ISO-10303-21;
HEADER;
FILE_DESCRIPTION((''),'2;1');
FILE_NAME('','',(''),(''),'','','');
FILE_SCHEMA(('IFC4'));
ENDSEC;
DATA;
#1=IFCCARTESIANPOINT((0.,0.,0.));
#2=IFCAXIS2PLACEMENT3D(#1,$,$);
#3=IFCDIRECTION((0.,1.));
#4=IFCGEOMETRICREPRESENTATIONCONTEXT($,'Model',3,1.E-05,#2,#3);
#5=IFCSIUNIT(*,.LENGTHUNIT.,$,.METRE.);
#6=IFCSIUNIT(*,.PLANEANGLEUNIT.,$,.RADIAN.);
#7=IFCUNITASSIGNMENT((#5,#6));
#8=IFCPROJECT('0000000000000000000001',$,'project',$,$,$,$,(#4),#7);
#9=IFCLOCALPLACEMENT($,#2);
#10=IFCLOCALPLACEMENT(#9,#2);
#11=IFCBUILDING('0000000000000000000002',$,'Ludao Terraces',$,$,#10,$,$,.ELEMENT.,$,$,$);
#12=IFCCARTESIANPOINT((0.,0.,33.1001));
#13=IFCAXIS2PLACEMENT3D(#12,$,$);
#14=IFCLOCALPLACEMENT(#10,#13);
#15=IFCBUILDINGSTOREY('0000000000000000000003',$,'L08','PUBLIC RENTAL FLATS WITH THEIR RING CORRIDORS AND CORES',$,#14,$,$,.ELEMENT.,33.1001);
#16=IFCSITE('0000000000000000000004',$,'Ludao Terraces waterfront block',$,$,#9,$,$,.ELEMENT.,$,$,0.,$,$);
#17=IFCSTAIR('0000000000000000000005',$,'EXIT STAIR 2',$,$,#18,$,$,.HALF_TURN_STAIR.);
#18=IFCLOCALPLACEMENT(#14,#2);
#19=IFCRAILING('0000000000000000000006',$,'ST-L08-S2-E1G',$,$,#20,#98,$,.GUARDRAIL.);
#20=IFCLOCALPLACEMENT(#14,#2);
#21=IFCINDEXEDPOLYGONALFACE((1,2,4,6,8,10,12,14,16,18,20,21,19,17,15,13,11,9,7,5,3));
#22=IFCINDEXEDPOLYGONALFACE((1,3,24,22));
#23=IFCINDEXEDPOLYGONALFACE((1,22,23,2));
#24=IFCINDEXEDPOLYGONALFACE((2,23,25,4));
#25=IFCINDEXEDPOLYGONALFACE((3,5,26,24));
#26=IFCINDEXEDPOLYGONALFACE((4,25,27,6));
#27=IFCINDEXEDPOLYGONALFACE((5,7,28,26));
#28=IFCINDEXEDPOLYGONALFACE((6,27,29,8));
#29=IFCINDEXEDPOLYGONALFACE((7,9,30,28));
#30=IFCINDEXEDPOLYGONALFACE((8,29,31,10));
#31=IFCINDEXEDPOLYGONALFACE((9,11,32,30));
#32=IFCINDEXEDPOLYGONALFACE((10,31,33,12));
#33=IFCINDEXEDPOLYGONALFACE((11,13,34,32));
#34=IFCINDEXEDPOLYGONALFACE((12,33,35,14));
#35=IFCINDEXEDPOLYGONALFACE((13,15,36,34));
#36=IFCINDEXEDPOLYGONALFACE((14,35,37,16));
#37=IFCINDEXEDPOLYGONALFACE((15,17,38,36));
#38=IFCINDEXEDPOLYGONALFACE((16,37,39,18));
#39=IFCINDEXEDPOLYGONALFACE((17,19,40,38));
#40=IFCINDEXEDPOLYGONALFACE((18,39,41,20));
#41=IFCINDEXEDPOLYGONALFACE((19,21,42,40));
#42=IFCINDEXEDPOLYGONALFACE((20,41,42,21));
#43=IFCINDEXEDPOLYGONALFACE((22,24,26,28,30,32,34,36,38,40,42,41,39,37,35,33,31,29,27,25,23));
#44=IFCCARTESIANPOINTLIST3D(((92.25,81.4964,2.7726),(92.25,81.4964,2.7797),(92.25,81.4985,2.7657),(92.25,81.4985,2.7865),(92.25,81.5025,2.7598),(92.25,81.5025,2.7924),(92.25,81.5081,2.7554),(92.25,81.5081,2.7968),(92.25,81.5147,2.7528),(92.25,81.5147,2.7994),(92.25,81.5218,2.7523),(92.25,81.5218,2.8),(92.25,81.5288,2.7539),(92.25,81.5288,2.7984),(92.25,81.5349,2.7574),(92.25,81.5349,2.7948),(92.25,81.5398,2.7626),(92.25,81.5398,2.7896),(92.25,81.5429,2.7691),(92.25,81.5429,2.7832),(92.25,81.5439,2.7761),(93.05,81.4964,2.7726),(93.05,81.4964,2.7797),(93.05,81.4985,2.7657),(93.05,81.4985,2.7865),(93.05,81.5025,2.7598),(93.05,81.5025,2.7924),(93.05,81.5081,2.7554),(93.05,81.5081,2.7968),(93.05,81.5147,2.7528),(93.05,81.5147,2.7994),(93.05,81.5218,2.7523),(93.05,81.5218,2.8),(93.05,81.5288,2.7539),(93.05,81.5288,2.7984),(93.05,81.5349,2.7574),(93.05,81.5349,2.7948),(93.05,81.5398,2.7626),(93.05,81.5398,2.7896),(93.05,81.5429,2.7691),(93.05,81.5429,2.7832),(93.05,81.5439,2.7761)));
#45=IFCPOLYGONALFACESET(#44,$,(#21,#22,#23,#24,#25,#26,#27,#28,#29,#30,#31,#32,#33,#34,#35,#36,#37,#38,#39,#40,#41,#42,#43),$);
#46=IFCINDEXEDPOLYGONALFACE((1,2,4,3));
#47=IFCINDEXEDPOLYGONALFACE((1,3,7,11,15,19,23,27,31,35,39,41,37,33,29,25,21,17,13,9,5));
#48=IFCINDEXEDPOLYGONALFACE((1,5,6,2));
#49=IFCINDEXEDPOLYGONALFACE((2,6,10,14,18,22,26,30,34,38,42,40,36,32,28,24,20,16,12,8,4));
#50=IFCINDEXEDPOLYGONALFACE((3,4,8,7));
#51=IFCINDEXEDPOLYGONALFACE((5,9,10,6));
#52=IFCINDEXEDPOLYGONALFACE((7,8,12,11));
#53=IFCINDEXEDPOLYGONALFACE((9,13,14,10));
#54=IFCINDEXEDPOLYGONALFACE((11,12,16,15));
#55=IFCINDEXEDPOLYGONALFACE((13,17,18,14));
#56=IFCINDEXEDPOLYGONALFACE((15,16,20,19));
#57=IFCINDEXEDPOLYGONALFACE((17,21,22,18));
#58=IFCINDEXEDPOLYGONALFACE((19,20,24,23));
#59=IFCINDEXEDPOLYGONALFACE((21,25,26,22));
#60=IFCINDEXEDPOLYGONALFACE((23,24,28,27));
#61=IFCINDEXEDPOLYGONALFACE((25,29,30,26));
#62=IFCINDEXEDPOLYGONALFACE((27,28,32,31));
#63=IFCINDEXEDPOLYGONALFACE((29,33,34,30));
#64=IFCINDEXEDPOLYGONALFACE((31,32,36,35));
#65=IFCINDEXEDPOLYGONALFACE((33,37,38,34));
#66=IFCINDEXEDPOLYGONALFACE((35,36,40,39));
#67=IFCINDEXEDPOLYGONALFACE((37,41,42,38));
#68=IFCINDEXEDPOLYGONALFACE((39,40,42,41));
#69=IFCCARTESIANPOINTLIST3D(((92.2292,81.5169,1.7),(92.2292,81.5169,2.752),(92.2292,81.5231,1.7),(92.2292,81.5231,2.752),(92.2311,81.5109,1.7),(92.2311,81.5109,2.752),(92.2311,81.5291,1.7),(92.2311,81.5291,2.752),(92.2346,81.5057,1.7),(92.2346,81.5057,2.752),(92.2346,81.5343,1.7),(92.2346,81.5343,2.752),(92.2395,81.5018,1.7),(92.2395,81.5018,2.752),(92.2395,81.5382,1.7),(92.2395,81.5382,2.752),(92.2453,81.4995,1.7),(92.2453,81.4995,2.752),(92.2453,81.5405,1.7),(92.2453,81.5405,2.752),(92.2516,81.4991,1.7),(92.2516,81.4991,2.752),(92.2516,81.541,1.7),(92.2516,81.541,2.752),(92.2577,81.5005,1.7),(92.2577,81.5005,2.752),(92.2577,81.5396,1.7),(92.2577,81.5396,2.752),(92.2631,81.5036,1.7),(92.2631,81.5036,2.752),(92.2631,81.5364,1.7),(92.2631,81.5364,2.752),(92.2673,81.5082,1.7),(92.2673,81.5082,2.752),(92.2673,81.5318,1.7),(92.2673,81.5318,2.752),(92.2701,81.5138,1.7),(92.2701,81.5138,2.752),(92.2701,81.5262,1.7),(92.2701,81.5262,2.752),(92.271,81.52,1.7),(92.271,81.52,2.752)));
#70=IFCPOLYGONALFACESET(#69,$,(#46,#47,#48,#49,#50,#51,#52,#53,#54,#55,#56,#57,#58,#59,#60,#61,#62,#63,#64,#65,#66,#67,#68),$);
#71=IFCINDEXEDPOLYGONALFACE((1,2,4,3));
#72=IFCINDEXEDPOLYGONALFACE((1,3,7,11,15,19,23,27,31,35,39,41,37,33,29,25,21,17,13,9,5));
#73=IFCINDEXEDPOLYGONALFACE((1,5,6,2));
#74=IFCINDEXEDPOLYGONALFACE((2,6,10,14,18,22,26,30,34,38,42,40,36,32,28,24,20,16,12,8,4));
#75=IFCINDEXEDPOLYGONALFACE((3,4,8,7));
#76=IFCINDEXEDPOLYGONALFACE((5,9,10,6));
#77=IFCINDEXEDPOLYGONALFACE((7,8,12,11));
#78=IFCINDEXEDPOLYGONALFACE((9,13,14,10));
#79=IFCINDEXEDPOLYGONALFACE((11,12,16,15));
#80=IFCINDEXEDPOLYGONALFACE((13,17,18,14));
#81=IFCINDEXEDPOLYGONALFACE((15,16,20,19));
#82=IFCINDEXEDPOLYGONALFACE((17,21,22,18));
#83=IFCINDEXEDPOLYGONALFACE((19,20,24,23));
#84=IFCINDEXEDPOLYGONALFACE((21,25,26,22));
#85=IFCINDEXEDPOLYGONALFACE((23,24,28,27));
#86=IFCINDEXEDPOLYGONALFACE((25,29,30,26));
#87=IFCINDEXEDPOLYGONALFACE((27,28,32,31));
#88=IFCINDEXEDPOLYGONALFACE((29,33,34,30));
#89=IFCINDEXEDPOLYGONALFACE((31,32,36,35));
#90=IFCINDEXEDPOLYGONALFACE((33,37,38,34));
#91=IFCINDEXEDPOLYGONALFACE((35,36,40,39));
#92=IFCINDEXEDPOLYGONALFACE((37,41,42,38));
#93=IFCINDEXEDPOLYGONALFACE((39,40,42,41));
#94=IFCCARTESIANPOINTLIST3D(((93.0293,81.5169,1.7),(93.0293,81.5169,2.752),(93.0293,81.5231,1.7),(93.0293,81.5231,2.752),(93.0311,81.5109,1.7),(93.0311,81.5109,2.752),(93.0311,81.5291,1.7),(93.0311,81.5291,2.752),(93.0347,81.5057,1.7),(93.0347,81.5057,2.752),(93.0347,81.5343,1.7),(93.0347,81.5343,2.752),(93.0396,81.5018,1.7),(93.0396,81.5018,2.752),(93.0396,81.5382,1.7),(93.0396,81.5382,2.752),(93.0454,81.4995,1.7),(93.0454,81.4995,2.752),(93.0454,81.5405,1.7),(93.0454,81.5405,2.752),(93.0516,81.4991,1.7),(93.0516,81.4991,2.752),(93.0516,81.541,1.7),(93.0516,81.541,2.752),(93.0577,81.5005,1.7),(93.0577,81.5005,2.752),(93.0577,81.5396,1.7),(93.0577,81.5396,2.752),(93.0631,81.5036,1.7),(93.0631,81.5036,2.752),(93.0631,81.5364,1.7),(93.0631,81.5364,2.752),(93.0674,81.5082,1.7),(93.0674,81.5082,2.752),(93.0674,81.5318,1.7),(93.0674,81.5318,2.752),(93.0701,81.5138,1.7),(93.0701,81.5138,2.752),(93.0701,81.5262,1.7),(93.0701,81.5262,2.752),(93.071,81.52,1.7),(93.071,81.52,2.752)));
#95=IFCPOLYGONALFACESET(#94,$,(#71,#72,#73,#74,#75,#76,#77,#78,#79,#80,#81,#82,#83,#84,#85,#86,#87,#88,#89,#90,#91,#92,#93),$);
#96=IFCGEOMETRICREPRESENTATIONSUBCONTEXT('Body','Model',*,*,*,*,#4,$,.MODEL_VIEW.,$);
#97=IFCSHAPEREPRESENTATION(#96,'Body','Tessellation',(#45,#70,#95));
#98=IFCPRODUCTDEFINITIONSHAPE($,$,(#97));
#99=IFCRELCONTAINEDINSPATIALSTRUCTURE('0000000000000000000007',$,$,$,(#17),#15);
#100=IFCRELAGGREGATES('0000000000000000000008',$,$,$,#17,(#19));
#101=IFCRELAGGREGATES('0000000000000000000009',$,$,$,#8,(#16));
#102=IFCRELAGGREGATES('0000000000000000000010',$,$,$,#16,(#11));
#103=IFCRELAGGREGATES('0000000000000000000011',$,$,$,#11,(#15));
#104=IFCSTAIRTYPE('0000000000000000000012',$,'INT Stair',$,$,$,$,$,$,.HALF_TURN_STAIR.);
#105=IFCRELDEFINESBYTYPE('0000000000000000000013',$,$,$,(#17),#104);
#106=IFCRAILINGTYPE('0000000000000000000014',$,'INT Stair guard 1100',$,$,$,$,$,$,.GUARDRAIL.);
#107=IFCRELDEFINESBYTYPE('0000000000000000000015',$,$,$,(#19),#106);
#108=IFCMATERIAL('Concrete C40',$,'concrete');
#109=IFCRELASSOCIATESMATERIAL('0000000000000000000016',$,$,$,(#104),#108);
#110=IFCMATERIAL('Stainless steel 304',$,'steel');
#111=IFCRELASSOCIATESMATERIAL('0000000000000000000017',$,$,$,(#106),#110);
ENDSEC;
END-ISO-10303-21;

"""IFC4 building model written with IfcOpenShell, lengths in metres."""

from ifc_helpers import new_model, si_unit, direction, frame, origin, origin_2d, place, context, subcontext, project, spatial, circle, extrude, material, type_object, element, aggregate, save


model = new_model("IFC4")

# Units and contexts
model_context = context("Model", 3, precision=1e-05, world=origin(), true_north=direction((0.0, 1.0)))
body_context = subcontext(model_context, "Body", "Model", "MODEL_VIEW")
ifc_project = project(units=[si_unit("LENGTHUNIT", "METRE"), si_unit("PLANEANGLEUNIT", "RADIAN")], contexts=[model_context])

# Site, building, storey
site_placement = place(None, origin())
site = spatial("IfcSite", under=ifc_project, at=site_placement, Name="Ludao Terraces waterfront block", CompositionType="ELEMENT", RefElevation=0.0)
building_placement = place(site_placement, origin())
building = spatial("IfcBuilding", under=site, at=building_placement, Name="Ludao Terraces", CompositionType="ELEMENT")
storey_placement = place(building_placement, frame((0.0, 0.0, 33.1001)))
storey = spatial("IfcBuildingStorey", under=building, at=storey_placement, Name="L08", Description="PUBLIC RENTAL FLATS WITH THEIR RING CORRIDORS AND CORES", CompositionType="ELEMENT", Elevation=33.1001)

# Shared definitions
ifc_material_1 = material(Name="Concrete C40", Category="concrete")

# Stair, railing
stair_type = type_object("IfcStairType", Name="INT Stair", PredefinedType="HALF_TURN_STAIR", material=ifc_material_1)
stair_placement = place(storey_placement, origin())
stair = element("IfcStair", 1, at=stair_placement, inside=storey, type_object=stair_type, Name="EXIT STAIR 2", PredefinedType="HALF_TURN_STAIR")
ifc_material_2 = material(Name="Stainless steel 304", Category="steel")
railing_type_1 = type_object("IfcRailingType", Name="INT Stair guard 1100", PredefinedType="GUARDRAIL", material=ifc_material_2)
railing_1_placement = place(storey_placement, frame((92.25, 81.52, 1.7)))
railing_1 = element("IfcRailing", 2, at=railing_1_placement, type_object=railing_type_1, Name="ST-L08-S2-E1G", PredefinedType="GUARDRAIL", context=body_context, shape_type="SweptSolid", body=[
    extrude(circle(Radius=0.0239, at=origin_2d()), frame((0.0, 0.0, 1.0762), z_axis=(1.0, 0.0, 0.0), x_axis=(0.0, 1.0, 0.0)), (0.0, 0.0, 1.0), 0.8),
    extrude(circle(Radius=0.021, at=origin_2d()), origin(), (0.0, 0.0, 1.0), 1.052),
    extrude(circle(Radius=0.021, at=origin_2d()), frame((0.8, 0.0, 0.0)), (0.0, 0.0, 1.0), 1.052),
])
aggregate(stair, [railing_1])

save(model, "model.ifc")
